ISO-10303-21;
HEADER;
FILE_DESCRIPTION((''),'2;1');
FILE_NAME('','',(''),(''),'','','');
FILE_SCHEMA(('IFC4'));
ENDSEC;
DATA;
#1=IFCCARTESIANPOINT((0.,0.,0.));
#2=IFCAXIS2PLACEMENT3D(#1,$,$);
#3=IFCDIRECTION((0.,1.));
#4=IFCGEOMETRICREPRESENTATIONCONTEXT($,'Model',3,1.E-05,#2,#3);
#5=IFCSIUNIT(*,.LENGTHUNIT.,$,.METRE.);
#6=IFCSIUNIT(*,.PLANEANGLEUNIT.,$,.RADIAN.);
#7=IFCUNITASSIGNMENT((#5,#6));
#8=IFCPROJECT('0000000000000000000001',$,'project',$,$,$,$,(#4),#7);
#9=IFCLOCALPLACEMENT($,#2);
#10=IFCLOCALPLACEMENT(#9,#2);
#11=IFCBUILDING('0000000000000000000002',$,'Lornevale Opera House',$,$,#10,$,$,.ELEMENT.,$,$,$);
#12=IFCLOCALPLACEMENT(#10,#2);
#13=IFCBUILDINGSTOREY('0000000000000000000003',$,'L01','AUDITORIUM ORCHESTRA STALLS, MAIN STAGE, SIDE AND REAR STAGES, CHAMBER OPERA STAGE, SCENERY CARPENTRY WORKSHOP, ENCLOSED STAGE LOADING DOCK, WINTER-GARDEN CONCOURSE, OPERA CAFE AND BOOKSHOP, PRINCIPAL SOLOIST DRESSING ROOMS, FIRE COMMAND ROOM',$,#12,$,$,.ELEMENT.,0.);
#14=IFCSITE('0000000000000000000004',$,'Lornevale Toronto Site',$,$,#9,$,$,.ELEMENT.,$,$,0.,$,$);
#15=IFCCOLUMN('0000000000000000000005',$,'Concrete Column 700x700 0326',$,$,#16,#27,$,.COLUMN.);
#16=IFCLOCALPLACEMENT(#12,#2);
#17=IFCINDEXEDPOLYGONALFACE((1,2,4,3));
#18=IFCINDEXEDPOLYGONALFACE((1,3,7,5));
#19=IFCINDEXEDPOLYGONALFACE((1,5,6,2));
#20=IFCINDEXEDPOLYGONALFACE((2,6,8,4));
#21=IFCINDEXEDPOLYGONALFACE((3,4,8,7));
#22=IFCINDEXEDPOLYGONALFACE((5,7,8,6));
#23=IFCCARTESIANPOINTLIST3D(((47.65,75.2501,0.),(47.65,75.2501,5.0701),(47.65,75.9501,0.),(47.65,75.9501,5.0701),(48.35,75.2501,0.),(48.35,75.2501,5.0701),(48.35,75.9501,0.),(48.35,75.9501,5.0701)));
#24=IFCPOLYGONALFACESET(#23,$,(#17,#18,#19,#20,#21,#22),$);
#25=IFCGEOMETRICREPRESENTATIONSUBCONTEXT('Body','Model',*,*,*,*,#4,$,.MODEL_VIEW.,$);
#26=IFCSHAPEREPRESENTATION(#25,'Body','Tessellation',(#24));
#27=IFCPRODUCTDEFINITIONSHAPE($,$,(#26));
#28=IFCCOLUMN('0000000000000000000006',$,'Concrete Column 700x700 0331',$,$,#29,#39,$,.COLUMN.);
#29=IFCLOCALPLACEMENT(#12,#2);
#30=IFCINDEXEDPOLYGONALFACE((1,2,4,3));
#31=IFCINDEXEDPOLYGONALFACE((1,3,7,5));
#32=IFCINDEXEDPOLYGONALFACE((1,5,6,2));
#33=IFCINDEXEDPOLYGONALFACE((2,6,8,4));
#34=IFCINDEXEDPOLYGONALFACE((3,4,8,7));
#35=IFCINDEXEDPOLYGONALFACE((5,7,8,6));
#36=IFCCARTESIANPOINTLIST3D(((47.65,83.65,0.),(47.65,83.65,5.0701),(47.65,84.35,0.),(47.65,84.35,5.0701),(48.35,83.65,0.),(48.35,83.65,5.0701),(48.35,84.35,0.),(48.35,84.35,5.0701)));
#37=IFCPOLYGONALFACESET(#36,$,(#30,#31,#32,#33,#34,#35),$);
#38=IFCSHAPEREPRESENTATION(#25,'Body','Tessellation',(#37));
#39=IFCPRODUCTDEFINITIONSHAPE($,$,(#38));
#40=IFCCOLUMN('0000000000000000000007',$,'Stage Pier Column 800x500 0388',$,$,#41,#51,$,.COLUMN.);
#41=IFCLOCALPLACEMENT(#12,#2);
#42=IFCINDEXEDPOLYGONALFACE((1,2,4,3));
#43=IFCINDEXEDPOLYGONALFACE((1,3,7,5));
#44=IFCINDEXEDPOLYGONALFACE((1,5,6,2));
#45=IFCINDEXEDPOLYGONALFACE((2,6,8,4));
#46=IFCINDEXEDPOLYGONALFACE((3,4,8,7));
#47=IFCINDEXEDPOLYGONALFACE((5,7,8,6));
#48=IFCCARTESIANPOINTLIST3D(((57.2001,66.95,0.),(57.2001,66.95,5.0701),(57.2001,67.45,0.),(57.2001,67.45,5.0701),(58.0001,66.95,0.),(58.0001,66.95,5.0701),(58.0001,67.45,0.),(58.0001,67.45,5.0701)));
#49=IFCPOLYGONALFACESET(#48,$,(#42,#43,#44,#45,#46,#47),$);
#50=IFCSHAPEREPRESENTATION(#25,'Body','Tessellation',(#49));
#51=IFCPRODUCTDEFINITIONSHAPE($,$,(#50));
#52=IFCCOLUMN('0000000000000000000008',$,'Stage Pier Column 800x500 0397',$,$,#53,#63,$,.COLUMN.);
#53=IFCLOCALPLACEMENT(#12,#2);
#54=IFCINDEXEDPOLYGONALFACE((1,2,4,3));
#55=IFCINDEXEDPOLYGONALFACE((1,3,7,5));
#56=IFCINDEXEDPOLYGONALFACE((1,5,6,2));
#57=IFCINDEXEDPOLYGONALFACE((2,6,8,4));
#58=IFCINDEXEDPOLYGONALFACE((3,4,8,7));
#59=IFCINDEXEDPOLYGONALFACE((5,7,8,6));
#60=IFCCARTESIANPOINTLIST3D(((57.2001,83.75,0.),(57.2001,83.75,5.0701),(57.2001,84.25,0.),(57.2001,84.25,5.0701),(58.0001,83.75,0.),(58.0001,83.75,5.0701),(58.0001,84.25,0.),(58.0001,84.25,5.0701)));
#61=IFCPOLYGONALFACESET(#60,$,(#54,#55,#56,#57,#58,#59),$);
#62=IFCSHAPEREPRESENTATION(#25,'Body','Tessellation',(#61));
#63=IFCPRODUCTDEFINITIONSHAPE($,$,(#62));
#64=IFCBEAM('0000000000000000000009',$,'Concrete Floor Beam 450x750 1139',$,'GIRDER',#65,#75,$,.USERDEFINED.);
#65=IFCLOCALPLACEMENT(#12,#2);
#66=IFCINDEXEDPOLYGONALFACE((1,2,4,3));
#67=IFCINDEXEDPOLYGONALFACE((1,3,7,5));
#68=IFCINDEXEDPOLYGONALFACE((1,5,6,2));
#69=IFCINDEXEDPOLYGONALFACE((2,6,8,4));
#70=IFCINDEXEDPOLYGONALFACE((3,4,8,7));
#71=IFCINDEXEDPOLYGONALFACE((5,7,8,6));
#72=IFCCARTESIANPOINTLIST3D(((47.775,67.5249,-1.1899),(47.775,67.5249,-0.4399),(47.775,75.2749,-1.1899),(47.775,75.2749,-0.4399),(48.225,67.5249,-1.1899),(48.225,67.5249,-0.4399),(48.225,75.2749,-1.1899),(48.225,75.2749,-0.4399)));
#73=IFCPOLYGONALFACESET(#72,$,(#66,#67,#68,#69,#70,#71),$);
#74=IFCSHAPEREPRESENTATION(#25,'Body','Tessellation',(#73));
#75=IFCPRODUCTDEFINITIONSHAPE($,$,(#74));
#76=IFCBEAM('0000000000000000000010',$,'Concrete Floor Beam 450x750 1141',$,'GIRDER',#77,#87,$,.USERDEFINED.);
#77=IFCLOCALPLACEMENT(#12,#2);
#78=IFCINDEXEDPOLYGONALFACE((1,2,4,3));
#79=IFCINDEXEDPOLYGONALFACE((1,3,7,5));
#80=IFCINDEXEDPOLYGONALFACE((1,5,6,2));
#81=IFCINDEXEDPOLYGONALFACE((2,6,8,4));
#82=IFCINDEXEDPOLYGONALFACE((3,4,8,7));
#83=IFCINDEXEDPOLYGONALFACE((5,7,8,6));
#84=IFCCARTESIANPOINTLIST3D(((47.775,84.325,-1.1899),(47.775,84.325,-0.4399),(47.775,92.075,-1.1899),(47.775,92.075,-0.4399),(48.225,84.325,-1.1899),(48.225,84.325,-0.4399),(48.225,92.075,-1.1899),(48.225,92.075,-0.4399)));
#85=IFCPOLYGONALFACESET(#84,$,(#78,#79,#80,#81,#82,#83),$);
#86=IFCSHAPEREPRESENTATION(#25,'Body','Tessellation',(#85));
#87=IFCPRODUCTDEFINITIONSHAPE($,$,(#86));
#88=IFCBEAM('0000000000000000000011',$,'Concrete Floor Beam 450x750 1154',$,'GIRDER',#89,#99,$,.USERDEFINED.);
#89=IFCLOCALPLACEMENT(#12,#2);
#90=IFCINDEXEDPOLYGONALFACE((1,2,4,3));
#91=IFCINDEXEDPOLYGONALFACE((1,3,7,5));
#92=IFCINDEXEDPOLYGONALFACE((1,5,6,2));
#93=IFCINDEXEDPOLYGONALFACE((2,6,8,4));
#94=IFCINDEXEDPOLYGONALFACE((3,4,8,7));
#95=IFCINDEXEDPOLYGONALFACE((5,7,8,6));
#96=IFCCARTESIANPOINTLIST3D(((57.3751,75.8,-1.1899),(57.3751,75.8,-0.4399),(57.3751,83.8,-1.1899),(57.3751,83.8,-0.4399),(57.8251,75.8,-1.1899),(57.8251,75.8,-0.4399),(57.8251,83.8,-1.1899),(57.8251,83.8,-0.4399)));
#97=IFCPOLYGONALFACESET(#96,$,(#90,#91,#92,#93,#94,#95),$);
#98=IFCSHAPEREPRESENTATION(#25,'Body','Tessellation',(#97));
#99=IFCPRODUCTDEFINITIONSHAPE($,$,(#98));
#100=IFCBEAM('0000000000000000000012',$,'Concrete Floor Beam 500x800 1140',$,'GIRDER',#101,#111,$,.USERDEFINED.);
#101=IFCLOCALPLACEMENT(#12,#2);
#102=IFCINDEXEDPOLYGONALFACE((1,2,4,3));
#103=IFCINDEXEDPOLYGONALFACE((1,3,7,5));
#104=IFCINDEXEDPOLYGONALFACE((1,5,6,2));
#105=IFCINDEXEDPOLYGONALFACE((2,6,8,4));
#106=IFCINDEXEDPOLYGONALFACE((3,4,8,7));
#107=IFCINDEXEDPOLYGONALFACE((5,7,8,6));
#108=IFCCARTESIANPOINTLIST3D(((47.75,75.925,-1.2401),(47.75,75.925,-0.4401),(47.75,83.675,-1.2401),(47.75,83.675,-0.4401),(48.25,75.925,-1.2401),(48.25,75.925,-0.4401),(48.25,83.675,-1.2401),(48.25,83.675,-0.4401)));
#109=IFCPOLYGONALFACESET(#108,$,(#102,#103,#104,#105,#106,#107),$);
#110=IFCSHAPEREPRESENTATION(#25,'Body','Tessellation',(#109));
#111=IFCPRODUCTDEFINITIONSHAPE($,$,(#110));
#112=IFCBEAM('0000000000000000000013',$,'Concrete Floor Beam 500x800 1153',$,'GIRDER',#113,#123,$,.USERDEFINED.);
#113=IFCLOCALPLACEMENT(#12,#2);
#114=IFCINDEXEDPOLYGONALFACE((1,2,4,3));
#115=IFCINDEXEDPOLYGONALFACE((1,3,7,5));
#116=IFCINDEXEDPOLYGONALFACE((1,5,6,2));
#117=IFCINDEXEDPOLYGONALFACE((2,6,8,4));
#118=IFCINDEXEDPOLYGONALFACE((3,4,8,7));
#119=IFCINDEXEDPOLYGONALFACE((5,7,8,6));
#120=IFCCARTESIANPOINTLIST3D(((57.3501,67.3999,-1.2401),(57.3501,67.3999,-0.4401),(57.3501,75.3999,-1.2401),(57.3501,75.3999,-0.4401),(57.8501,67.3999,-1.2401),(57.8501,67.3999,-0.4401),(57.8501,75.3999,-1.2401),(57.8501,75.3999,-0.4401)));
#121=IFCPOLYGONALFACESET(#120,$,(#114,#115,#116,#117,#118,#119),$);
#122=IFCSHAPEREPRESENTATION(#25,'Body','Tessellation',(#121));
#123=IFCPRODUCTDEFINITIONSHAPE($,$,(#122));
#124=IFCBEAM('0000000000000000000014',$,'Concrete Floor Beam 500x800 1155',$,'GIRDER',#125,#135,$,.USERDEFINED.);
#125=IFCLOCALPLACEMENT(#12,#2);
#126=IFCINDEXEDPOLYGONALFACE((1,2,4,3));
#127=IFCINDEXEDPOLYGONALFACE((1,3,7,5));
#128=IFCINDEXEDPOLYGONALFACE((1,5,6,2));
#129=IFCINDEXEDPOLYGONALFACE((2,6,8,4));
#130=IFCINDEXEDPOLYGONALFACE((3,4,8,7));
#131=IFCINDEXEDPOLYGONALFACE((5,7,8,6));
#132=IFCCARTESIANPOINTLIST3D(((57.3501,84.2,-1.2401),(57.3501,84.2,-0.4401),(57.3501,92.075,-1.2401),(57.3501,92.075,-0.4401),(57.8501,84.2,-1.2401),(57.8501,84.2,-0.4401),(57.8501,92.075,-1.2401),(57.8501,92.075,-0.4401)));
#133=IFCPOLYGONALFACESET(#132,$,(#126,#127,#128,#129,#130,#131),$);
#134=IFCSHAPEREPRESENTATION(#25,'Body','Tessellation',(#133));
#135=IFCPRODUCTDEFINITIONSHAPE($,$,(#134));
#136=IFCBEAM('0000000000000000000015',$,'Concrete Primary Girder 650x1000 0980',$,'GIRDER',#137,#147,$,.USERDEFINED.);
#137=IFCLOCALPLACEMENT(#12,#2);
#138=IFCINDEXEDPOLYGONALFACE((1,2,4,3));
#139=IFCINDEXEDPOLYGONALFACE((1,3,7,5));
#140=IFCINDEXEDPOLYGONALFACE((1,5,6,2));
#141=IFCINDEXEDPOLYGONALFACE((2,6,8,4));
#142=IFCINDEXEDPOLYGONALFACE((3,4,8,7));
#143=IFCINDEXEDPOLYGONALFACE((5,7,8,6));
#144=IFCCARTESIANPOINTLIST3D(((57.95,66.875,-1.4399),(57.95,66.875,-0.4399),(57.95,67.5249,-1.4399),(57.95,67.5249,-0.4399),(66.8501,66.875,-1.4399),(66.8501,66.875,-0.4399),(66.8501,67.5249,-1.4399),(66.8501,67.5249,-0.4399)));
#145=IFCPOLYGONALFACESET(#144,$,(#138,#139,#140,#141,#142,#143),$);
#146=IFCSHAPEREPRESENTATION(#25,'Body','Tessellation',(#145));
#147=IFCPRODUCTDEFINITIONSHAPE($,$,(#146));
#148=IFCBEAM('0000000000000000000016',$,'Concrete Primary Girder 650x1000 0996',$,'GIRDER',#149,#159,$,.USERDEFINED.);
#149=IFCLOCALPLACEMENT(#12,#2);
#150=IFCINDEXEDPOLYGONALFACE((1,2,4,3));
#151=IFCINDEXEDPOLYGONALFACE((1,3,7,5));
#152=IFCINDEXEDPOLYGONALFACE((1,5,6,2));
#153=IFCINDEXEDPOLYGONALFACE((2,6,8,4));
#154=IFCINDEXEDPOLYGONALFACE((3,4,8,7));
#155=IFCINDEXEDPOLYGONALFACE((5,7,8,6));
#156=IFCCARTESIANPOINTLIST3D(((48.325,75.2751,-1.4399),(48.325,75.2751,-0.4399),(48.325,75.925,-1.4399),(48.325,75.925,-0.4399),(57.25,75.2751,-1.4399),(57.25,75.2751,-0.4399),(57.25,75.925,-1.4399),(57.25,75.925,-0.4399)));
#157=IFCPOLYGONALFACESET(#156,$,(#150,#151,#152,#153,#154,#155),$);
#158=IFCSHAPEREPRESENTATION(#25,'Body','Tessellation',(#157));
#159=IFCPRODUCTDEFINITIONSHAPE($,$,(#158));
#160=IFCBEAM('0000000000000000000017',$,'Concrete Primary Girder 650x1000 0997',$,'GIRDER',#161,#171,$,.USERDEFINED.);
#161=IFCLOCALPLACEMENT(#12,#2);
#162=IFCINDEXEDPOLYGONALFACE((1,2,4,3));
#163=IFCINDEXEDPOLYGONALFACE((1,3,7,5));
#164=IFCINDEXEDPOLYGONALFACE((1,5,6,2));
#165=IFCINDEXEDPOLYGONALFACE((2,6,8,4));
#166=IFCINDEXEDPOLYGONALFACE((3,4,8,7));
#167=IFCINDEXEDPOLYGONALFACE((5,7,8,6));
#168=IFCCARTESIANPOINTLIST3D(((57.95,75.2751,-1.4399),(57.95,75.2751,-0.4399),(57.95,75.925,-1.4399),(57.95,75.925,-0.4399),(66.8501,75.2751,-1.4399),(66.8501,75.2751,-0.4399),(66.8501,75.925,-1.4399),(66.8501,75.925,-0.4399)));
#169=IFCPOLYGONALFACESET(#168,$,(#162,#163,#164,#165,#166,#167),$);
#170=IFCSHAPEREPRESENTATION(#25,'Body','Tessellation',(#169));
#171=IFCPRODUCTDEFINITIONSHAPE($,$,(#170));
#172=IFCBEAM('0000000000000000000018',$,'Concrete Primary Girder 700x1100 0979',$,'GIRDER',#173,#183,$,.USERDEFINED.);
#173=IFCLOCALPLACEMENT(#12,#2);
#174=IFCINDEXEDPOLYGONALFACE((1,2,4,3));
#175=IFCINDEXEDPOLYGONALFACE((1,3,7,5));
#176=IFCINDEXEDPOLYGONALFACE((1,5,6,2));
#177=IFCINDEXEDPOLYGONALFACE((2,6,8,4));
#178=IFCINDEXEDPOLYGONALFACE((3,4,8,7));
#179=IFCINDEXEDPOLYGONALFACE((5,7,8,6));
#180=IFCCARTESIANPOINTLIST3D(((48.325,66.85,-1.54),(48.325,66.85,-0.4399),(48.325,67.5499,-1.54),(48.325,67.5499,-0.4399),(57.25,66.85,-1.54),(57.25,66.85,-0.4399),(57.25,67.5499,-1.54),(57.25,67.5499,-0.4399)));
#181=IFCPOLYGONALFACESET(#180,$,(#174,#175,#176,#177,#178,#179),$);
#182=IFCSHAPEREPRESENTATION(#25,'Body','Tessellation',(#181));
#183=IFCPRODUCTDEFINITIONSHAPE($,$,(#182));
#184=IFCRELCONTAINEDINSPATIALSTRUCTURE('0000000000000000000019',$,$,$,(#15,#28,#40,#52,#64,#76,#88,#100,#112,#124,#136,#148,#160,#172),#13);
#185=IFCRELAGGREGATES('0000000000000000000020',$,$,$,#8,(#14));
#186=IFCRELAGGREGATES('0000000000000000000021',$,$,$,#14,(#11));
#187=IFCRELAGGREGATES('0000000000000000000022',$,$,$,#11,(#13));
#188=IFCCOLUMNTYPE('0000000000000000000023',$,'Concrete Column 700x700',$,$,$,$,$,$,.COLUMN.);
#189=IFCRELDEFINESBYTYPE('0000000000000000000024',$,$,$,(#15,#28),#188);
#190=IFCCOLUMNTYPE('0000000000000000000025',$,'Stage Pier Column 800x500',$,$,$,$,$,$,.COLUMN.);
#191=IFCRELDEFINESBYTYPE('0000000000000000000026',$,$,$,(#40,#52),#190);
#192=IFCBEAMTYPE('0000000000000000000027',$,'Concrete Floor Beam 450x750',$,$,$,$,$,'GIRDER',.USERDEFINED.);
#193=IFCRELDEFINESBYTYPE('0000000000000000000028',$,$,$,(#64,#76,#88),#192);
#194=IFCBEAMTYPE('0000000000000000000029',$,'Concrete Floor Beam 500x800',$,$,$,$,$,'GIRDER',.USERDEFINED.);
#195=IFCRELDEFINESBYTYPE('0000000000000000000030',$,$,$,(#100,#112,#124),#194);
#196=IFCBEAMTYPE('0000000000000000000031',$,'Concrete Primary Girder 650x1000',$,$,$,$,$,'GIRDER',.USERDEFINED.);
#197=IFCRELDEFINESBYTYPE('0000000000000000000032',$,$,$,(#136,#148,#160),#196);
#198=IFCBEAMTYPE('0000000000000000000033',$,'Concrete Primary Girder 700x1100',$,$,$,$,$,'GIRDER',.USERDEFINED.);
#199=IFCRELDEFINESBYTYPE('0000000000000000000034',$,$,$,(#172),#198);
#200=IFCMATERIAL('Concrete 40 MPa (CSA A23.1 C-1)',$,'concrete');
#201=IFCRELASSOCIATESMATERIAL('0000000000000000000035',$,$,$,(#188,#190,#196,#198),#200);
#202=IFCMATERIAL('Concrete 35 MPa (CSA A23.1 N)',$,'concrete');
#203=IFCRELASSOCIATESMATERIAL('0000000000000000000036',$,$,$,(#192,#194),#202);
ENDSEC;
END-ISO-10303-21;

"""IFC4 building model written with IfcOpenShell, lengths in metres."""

from ifc_helpers import new_model, si_unit, direction, frame, origin, origin_2d, place, context, subcontext, project, spatial, rectangle, extrude, material, material_profile, profile_set, type_object, element, save


model = new_model("IFC4")

# Units and contexts
model_context = context("Model", 3, precision=1e-05, world=origin(), true_north=direction((0.0, 1.0)))
body_context = subcontext(model_context, "Body", "Model", "MODEL_VIEW")
ifc_project = project(units=[si_unit("LENGTHUNIT", "METRE"), si_unit("PLANEANGLEUNIT", "RADIAN")], contexts=[model_context])

# Site, building, storey
site_placement = place(None, origin())
site = spatial("IfcSite", under=ifc_project, at=site_placement, Name="Lornevale Toronto Site", CompositionType="ELEMENT", RefElevation=0.0)
building_placement = place(site_placement, origin())
building = spatial("IfcBuilding", under=site, at=building_placement, Name="Lornevale Opera House", CompositionType="ELEMENT")
storey_placement = place(building_placement, origin())
storey = spatial("IfcBuildingStorey", under=building, at=storey_placement, Name="L01", Description="AUDITORIUM ORCHESTRA STALLS, MAIN STAGE, SIDE AND REAR STAGES, CHAMBER OPERA STAGE, SCENERY CARPENTRY WORKSHOP, ENCLOSED STAGE LOADING DOCK, WINTER-GARDEN CONCOURSE, OPERA CAFE AND BOOKSHOP, PRINCIPAL SOLOIST DRESSING ROOMS, FIRE COMMAND ROOM", CompositionType="ELEMENT", Elevation=0.0)

# Columns
ifc_material_1 = material(Name="Concrete 40 MPa (CSA A23.1 C-1)", Category="concrete")
ifc_material_profile_1 = material_profile(ifc_material_1, rectangle(XDim=0.7, YDim=0.7, at=origin_2d()), Name="RC700x700")
ifc_profile_set_1 = profile_set([ifc_material_profile_1], Name="Concrete 40 MPa (CSA A23.1 C-1)")
column_type_1 = type_object("IfcColumnType", Name="Concrete Column 700x700", PredefinedType="COLUMN", material=ifc_profile_set_1)
for number, where, z_axis, x_axis, name in (
    (1, (48.0, 75.6001, 0.0), (0.0, 0.0, 1.0), (1.0, 0.0, 0.0), "Concrete Column 700x700 0326"),
    (2, (48.0, 84.0, 0.0), (0.0, 0.0, 1.0), (1.0, 0.0, 0.0), "Concrete Column 700x700 0331"),
):
    element("IfcColumn", number, at=place(storey_placement, frame(where, z_axis=z_axis, x_axis=x_axis)), inside=storey, type_object=column_type_1, Name=name, PredefinedType="COLUMN", context=body_context, shape_type="SweptSolid", body=[
        extrude(rectangle(XDim=0.7, YDim=0.7, at=origin_2d()), origin(), (0.0, 0.0, 1.0), 5.0701),
    ])
ifc_material_profile_2 = material_profile(ifc_material_1, rectangle(XDim=0.8, YDim=0.5, at=origin_2d()), Name="RC800x500")
ifc_profile_set_2 = profile_set([ifc_material_profile_2], Name="Concrete 40 MPa (CSA A23.1 C-1)")
column_type_2 = type_object("IfcColumnType", Name="Stage Pier Column 800x500", PredefinedType="COLUMN", material=ifc_profile_set_2)
for number, where, z_axis, x_axis, name in (
    (3, (57.6001, 67.2, 0.0), (0.0, 0.0, 1.0), (1.0, 0.0, 0.0), "Stage Pier Column 800x500 0388"),
    (4, (57.6001, 84.0, 0.0), (0.0, 0.0, 1.0), (1.0, 0.0, 0.0), "Stage Pier Column 800x500 0397"),
):
    element("IfcColumn", number, at=place(storey_placement, frame(where, z_axis=z_axis, x_axis=x_axis)), inside=storey, type_object=column_type_2, Name=name, PredefinedType="COLUMN", context=body_context, shape_type="SweptSolid", body=[
        extrude(rectangle(XDim=0.8, YDim=0.5, at=origin_2d()), origin(), (0.0, 0.0, 1.0), 5.0701),
    ])

# Beams
ifc_material_2 = material(Name="Concrete 35 MPa (CSA A23.1 N)", Category="concrete")
ifc_material_profile_3 = material_profile(ifc_material_2, rectangle(XDim=0.45, YDim=0.75, at=origin_2d()), Name="RC450x750")
ifc_profile_set_3 = profile_set([ifc_material_profile_3], Name="Concrete 35 MPa (CSA A23.1 N)")
beam_type_1 = type_object("IfcBeamType", Name="Concrete Floor Beam 450x750", ElementType="GIRDER", PredefinedType="USERDEFINED", material=ifc_profile_set_3)
for number, where, z_axis, x_axis, name in (
    (5, (48.0, 67.5249, -0.8149), (0.0, 1.0, 0.0), (-1.0, 0.0, 0.0), "Concrete Floor Beam 450x750 1139"),
    (6, (48.0, 84.325, -0.8149), (0.0, 1.0, 0.0), (-1.0, 0.0, 0.0), "Concrete Floor Beam 450x750 1141"),
):
    element("IfcBeam", number, at=place(storey_placement, frame(where, z_axis=z_axis, x_axis=x_axis)), inside=storey, type_object=beam_type_1, Name=name, ObjectType="GIRDER", PredefinedType="USERDEFINED", context=body_context, shape_type="SweptSolid", body=[
        extrude(rectangle(XDim=0.45, YDim=0.75, at=origin_2d()), origin(), (0.0, 0.0, 1.0), 7.75),
    ])
beam_1_placement = place(storey_placement, frame((57.6001, 75.8, -0.8149), z_axis=(0.0, 1.0, 0.0), x_axis=(-1.0, 0.0, 0.0)))
element("IfcBeam", 7, at=beam_1_placement, inside=storey, type_object=beam_type_1, Name="Concrete Floor Beam 450x750 1154", ObjectType="GIRDER", PredefinedType="USERDEFINED", context=body_context, shape_type="SweptSolid", body=[
    extrude(rectangle(XDim=0.45, YDim=0.75, at=origin_2d()), origin(), (0.0, 0.0, 1.0), 8.0),
])
ifc_material_profile_4 = material_profile(ifc_material_2, rectangle(XDim=0.5, YDim=0.8, at=origin_2d()), Name="RC500x800")
ifc_profile_set_4 = profile_set([ifc_material_profile_4], Name="Concrete 35 MPa (CSA A23.1 N)")
beam_type_2 = type_object("IfcBeamType", Name="Concrete Floor Beam 500x800", ElementType="GIRDER", PredefinedType="USERDEFINED", material=ifc_profile_set_4)
beam_2_placement = place(storey_placement, frame((48.0, 75.925, -0.8401), z_axis=(0.0, 1.0, 0.0), x_axis=(-1.0, 0.0, 0.0)))
element("IfcBeam", 8, at=beam_2_placement, inside=storey, type_object=beam_type_2, Name="Concrete Floor Beam 500x800 1140", ObjectType="GIRDER", PredefinedType="USERDEFINED", context=body_context, shape_type="SweptSolid", body=[
    extrude(rectangle(XDim=0.5, YDim=0.8, at=origin_2d()), origin(), (0.0, 0.0, 1.0), 7.75),
])
beam_3_placement = place(storey_placement, frame((57.6001, 67.3999, -0.8401), z_axis=(0.0, 1.0, 0.0), x_axis=(-1.0, 0.0, 0.0)))
element("IfcBeam", 9, at=beam_3_placement, inside=storey, type_object=beam_type_2, Name="Concrete Floor Beam 500x800 1153", ObjectType="GIRDER", PredefinedType="USERDEFINED", context=body_context, shape_type="SweptSolid", body=[
    extrude(rectangle(XDim=0.5, YDim=0.8, at=origin_2d()), origin(), (0.0, 0.0, 1.0), 8.0),
])
beam_4_placement = place(storey_placement, frame((57.6001, 84.2, -0.8401), z_axis=(0.0, 1.0, 0.0), x_axis=(-1.0, 0.0, 0.0)))
element("IfcBeam", 10, at=beam_4_placement, inside=storey, type_object=beam_type_2, Name="Concrete Floor Beam 500x800 1155", ObjectType="GIRDER", PredefinedType="USERDEFINED", context=body_context, shape_type="SweptSolid", body=[
    extrude(rectangle(XDim=0.5, YDim=0.8, at=origin_2d()), origin(), (0.0, 0.0, 1.0), 7.875),
])
ifc_material_profile_5 = material_profile(ifc_material_1, rectangle(XDim=0.6499, YDim=1.0, at=origin_2d()), Name="RC650x1000")
ifc_profile_set_5 = profile_set([ifc_material_profile_5], Name="Concrete 40 MPa (CSA A23.1 C-1)")
beam_type_3 = type_object("IfcBeamType", Name="Concrete Primary Girder 650x1000", ElementType="GIRDER", PredefinedType="USERDEFINED", material=ifc_profile_set_5)
beam_5_placement = place(storey_placement, frame((57.95, 67.2, -0.9399), z_axis=(1.0, 0.0, 0.0), x_axis=(0.0, 1.0, 0.0)))
element("IfcBeam", 11, at=beam_5_placement, inside=storey, type_object=beam_type_3, Name="Concrete Primary Girder 650x1000 0980", ObjectType="GIRDER", PredefinedType="USERDEFINED", context=body_context, shape_type="SweptSolid", body=[
    extrude(rectangle(XDim=0.6499, YDim=1.0, at=origin_2d()), origin(), (0.0, 0.0, 1.0), 8.9001),
])
beam_6_placement = place(storey_placement, frame((48.325, 75.6001, -0.9399), z_axis=(1.0, 0.0, 0.0), x_axis=(0.0, 1.0, 0.0)))
element("IfcBeam", 12, at=beam_6_placement, inside=storey, type_object=beam_type_3, Name="Concrete Primary Girder 650x1000 0996", ObjectType="GIRDER", PredefinedType="USERDEFINED", context=body_context, shape_type="SweptSolid", body=[
    extrude(rectangle(XDim=0.6499, YDim=1.0, at=origin_2d()), origin(), (0.0, 0.0, 1.0), 8.925),
])
beam_7_placement = place(storey_placement, frame((57.95, 75.6001, -0.9399), z_axis=(1.0, 0.0, 0.0), x_axis=(0.0, 1.0, 0.0)))
element("IfcBeam", 13, at=beam_7_placement, inside=storey, type_object=beam_type_3, Name="Concrete Primary Girder 650x1000 0997", ObjectType="GIRDER", PredefinedType="USERDEFINED", context=body_context, shape_type="SweptSolid", body=[
    extrude(rectangle(XDim=0.6499, YDim=1.0, at=origin_2d()), origin(), (0.0, 0.0, 1.0), 8.9001),
])
ifc_material_profile_6 = material_profile(ifc_material_1, rectangle(XDim=0.7, YDim=1.1001, at=origin_2d()), Name="RC700x1100")
ifc_profile_set_6 = profile_set([ifc_material_profile_6], Name="Concrete 40 MPa (CSA A23.1 C-1)")
beam_type_4 = type_object("IfcBeamType", Name="Concrete Primary Girder 700x1100", ElementType="GIRDER", PredefinedType="USERDEFINED", material=ifc_profile_set_6)
for number, where, z_axis, x_axis, name in (
    (14, (48.325, 67.2, -0.99), (1.0, 0.0, 0.0), (0.0, 1.0, 0.0), "Concrete Primary Girder 700x1100 0979"),
):
    element("IfcBeam", number, at=place(storey_placement, frame(where, z_axis=z_axis, x_axis=x_axis)), inside=storey, type_object=beam_type_4, Name=name, ObjectType="GIRDER", PredefinedType="USERDEFINED", context=body_context, shape_type="SweptSolid", body=[
        extrude(rectangle(XDim=0.7, YDim=1.1001, at=origin_2d()), origin(), (0.0, 0.0, 1.0), 8.925),
    ])

save(model, "model.ifc")
